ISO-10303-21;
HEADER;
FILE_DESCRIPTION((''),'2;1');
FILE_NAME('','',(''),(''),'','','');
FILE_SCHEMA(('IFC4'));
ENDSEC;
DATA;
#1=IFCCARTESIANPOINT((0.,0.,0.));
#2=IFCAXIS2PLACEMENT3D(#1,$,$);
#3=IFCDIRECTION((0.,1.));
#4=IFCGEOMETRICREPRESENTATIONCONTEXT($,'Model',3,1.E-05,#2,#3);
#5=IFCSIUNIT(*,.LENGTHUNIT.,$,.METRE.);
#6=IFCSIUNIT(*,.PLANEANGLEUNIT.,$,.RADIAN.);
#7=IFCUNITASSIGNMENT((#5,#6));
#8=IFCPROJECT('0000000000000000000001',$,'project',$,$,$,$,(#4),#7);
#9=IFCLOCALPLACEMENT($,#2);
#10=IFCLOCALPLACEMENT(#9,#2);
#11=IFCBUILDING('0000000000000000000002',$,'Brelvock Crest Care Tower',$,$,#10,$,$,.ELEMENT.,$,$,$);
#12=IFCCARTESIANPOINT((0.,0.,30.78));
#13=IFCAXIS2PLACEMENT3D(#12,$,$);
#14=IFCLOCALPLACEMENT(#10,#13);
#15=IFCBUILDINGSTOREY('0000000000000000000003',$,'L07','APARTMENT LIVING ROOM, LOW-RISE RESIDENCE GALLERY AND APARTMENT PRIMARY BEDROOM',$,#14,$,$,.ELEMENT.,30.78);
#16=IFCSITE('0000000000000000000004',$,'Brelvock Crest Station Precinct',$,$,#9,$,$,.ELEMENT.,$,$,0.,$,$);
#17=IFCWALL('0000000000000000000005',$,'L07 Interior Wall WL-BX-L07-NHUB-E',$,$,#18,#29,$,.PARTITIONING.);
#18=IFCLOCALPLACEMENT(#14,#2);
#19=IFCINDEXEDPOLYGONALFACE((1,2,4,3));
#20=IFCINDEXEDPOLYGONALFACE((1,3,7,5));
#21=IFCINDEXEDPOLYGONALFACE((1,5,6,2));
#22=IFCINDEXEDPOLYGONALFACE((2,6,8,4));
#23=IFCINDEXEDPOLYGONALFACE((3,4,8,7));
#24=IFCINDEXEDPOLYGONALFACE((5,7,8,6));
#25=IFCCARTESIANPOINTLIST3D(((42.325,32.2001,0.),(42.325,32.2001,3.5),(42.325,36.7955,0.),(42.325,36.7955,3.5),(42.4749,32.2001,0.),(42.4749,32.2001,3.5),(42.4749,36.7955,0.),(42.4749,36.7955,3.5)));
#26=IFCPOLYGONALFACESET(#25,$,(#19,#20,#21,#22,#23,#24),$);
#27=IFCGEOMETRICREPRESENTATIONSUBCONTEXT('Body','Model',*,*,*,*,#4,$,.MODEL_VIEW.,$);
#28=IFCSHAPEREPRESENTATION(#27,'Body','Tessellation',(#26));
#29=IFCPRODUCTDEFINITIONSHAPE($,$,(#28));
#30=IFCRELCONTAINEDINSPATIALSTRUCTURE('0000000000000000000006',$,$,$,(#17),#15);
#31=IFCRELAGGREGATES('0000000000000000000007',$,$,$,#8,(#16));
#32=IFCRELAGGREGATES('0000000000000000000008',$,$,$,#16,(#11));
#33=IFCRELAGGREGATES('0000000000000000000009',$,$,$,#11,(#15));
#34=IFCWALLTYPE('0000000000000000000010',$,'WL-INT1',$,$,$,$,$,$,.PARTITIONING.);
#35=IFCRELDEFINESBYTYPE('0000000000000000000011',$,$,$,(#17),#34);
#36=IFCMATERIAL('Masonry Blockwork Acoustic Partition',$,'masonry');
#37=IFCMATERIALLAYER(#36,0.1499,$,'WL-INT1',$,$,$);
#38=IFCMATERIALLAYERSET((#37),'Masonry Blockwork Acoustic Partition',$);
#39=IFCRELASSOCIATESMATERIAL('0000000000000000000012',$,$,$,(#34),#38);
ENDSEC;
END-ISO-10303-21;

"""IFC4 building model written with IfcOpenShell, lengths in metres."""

from ifc_helpers import new_model, si_unit, direction, frame, frame_2d, origin, place, context, subcontext, project, spatial, rectangle, extrude, material, layer, layer_set, type_object, element, save


model = new_model("IFC4")

# Units and contexts
model_context = context("Model", 3, precision=1e-05, world=origin(), true_north=direction((0.0, 1.0)))
body_context = subcontext(model_context, "Body", "Model", "MODEL_VIEW")
ifc_project = project(units=[si_unit("LENGTHUNIT", "METRE"), si_unit("PLANEANGLEUNIT", "RADIAN")], contexts=[model_context])

# Site, building, storey
site_placement = place(None, origin())
site = spatial("IfcSite", under=ifc_project, at=site_placement, Name="Brelvock Crest Station Precinct", CompositionType="ELEMENT", RefElevation=0.0)
building_placement = place(site_placement, origin())
building = spatial("IfcBuilding", under=site, at=building_placement, Name="Brelvock Crest Care Tower", CompositionType="ELEMENT")
storey_placement = place(building_placement, frame((0.0, 0.0, 30.78)))
storey = spatial("IfcBuildingStorey", under=building, at=storey_placement, Name="L07", Description="APARTMENT LIVING ROOM, LOW-RISE RESIDENCE GALLERY AND APARTMENT PRIMARY BEDROOM", CompositionType="ELEMENT", Elevation=30.78)

# Wall
ifc_material_1 = material(Name="Masonry Blockwork Acoustic Partition", Category="masonry")
ifc_layer_1 = layer(ifc_material_1, 0.1499, Name="WL-INT1")
ifc_layer_set_1 = layer_set([ifc_layer_1], Name="Masonry Blockwork Acoustic Partition")
wall_type = type_object("IfcWallType", Name="WL-INT1", PredefinedType="PARTITIONING", material=ifc_layer_set_1)
wall_1_placement = place(storey_placement, frame((42.3999, 32.2, 0.0), z_axis=(0.0, 0.0, 1.0), x_axis=(0.0, 1.0, 0.0)))
element("IfcWall", 1, at=wall_1_placement, inside=storey, type_object=wall_type, Name="L07 Interior Wall WL-BX-L07-NHUB-E", PredefinedType="PARTITIONING", context=body_context, shape_type="SweptSolid", body=[
    extrude(rectangle(XDim=4.5955, YDim=0.1499, at=frame_2d((2.2979, 0.0))), origin(), (0.0, 0.0, 1.0), 3.5),
])

save(model, "model.ifc")
